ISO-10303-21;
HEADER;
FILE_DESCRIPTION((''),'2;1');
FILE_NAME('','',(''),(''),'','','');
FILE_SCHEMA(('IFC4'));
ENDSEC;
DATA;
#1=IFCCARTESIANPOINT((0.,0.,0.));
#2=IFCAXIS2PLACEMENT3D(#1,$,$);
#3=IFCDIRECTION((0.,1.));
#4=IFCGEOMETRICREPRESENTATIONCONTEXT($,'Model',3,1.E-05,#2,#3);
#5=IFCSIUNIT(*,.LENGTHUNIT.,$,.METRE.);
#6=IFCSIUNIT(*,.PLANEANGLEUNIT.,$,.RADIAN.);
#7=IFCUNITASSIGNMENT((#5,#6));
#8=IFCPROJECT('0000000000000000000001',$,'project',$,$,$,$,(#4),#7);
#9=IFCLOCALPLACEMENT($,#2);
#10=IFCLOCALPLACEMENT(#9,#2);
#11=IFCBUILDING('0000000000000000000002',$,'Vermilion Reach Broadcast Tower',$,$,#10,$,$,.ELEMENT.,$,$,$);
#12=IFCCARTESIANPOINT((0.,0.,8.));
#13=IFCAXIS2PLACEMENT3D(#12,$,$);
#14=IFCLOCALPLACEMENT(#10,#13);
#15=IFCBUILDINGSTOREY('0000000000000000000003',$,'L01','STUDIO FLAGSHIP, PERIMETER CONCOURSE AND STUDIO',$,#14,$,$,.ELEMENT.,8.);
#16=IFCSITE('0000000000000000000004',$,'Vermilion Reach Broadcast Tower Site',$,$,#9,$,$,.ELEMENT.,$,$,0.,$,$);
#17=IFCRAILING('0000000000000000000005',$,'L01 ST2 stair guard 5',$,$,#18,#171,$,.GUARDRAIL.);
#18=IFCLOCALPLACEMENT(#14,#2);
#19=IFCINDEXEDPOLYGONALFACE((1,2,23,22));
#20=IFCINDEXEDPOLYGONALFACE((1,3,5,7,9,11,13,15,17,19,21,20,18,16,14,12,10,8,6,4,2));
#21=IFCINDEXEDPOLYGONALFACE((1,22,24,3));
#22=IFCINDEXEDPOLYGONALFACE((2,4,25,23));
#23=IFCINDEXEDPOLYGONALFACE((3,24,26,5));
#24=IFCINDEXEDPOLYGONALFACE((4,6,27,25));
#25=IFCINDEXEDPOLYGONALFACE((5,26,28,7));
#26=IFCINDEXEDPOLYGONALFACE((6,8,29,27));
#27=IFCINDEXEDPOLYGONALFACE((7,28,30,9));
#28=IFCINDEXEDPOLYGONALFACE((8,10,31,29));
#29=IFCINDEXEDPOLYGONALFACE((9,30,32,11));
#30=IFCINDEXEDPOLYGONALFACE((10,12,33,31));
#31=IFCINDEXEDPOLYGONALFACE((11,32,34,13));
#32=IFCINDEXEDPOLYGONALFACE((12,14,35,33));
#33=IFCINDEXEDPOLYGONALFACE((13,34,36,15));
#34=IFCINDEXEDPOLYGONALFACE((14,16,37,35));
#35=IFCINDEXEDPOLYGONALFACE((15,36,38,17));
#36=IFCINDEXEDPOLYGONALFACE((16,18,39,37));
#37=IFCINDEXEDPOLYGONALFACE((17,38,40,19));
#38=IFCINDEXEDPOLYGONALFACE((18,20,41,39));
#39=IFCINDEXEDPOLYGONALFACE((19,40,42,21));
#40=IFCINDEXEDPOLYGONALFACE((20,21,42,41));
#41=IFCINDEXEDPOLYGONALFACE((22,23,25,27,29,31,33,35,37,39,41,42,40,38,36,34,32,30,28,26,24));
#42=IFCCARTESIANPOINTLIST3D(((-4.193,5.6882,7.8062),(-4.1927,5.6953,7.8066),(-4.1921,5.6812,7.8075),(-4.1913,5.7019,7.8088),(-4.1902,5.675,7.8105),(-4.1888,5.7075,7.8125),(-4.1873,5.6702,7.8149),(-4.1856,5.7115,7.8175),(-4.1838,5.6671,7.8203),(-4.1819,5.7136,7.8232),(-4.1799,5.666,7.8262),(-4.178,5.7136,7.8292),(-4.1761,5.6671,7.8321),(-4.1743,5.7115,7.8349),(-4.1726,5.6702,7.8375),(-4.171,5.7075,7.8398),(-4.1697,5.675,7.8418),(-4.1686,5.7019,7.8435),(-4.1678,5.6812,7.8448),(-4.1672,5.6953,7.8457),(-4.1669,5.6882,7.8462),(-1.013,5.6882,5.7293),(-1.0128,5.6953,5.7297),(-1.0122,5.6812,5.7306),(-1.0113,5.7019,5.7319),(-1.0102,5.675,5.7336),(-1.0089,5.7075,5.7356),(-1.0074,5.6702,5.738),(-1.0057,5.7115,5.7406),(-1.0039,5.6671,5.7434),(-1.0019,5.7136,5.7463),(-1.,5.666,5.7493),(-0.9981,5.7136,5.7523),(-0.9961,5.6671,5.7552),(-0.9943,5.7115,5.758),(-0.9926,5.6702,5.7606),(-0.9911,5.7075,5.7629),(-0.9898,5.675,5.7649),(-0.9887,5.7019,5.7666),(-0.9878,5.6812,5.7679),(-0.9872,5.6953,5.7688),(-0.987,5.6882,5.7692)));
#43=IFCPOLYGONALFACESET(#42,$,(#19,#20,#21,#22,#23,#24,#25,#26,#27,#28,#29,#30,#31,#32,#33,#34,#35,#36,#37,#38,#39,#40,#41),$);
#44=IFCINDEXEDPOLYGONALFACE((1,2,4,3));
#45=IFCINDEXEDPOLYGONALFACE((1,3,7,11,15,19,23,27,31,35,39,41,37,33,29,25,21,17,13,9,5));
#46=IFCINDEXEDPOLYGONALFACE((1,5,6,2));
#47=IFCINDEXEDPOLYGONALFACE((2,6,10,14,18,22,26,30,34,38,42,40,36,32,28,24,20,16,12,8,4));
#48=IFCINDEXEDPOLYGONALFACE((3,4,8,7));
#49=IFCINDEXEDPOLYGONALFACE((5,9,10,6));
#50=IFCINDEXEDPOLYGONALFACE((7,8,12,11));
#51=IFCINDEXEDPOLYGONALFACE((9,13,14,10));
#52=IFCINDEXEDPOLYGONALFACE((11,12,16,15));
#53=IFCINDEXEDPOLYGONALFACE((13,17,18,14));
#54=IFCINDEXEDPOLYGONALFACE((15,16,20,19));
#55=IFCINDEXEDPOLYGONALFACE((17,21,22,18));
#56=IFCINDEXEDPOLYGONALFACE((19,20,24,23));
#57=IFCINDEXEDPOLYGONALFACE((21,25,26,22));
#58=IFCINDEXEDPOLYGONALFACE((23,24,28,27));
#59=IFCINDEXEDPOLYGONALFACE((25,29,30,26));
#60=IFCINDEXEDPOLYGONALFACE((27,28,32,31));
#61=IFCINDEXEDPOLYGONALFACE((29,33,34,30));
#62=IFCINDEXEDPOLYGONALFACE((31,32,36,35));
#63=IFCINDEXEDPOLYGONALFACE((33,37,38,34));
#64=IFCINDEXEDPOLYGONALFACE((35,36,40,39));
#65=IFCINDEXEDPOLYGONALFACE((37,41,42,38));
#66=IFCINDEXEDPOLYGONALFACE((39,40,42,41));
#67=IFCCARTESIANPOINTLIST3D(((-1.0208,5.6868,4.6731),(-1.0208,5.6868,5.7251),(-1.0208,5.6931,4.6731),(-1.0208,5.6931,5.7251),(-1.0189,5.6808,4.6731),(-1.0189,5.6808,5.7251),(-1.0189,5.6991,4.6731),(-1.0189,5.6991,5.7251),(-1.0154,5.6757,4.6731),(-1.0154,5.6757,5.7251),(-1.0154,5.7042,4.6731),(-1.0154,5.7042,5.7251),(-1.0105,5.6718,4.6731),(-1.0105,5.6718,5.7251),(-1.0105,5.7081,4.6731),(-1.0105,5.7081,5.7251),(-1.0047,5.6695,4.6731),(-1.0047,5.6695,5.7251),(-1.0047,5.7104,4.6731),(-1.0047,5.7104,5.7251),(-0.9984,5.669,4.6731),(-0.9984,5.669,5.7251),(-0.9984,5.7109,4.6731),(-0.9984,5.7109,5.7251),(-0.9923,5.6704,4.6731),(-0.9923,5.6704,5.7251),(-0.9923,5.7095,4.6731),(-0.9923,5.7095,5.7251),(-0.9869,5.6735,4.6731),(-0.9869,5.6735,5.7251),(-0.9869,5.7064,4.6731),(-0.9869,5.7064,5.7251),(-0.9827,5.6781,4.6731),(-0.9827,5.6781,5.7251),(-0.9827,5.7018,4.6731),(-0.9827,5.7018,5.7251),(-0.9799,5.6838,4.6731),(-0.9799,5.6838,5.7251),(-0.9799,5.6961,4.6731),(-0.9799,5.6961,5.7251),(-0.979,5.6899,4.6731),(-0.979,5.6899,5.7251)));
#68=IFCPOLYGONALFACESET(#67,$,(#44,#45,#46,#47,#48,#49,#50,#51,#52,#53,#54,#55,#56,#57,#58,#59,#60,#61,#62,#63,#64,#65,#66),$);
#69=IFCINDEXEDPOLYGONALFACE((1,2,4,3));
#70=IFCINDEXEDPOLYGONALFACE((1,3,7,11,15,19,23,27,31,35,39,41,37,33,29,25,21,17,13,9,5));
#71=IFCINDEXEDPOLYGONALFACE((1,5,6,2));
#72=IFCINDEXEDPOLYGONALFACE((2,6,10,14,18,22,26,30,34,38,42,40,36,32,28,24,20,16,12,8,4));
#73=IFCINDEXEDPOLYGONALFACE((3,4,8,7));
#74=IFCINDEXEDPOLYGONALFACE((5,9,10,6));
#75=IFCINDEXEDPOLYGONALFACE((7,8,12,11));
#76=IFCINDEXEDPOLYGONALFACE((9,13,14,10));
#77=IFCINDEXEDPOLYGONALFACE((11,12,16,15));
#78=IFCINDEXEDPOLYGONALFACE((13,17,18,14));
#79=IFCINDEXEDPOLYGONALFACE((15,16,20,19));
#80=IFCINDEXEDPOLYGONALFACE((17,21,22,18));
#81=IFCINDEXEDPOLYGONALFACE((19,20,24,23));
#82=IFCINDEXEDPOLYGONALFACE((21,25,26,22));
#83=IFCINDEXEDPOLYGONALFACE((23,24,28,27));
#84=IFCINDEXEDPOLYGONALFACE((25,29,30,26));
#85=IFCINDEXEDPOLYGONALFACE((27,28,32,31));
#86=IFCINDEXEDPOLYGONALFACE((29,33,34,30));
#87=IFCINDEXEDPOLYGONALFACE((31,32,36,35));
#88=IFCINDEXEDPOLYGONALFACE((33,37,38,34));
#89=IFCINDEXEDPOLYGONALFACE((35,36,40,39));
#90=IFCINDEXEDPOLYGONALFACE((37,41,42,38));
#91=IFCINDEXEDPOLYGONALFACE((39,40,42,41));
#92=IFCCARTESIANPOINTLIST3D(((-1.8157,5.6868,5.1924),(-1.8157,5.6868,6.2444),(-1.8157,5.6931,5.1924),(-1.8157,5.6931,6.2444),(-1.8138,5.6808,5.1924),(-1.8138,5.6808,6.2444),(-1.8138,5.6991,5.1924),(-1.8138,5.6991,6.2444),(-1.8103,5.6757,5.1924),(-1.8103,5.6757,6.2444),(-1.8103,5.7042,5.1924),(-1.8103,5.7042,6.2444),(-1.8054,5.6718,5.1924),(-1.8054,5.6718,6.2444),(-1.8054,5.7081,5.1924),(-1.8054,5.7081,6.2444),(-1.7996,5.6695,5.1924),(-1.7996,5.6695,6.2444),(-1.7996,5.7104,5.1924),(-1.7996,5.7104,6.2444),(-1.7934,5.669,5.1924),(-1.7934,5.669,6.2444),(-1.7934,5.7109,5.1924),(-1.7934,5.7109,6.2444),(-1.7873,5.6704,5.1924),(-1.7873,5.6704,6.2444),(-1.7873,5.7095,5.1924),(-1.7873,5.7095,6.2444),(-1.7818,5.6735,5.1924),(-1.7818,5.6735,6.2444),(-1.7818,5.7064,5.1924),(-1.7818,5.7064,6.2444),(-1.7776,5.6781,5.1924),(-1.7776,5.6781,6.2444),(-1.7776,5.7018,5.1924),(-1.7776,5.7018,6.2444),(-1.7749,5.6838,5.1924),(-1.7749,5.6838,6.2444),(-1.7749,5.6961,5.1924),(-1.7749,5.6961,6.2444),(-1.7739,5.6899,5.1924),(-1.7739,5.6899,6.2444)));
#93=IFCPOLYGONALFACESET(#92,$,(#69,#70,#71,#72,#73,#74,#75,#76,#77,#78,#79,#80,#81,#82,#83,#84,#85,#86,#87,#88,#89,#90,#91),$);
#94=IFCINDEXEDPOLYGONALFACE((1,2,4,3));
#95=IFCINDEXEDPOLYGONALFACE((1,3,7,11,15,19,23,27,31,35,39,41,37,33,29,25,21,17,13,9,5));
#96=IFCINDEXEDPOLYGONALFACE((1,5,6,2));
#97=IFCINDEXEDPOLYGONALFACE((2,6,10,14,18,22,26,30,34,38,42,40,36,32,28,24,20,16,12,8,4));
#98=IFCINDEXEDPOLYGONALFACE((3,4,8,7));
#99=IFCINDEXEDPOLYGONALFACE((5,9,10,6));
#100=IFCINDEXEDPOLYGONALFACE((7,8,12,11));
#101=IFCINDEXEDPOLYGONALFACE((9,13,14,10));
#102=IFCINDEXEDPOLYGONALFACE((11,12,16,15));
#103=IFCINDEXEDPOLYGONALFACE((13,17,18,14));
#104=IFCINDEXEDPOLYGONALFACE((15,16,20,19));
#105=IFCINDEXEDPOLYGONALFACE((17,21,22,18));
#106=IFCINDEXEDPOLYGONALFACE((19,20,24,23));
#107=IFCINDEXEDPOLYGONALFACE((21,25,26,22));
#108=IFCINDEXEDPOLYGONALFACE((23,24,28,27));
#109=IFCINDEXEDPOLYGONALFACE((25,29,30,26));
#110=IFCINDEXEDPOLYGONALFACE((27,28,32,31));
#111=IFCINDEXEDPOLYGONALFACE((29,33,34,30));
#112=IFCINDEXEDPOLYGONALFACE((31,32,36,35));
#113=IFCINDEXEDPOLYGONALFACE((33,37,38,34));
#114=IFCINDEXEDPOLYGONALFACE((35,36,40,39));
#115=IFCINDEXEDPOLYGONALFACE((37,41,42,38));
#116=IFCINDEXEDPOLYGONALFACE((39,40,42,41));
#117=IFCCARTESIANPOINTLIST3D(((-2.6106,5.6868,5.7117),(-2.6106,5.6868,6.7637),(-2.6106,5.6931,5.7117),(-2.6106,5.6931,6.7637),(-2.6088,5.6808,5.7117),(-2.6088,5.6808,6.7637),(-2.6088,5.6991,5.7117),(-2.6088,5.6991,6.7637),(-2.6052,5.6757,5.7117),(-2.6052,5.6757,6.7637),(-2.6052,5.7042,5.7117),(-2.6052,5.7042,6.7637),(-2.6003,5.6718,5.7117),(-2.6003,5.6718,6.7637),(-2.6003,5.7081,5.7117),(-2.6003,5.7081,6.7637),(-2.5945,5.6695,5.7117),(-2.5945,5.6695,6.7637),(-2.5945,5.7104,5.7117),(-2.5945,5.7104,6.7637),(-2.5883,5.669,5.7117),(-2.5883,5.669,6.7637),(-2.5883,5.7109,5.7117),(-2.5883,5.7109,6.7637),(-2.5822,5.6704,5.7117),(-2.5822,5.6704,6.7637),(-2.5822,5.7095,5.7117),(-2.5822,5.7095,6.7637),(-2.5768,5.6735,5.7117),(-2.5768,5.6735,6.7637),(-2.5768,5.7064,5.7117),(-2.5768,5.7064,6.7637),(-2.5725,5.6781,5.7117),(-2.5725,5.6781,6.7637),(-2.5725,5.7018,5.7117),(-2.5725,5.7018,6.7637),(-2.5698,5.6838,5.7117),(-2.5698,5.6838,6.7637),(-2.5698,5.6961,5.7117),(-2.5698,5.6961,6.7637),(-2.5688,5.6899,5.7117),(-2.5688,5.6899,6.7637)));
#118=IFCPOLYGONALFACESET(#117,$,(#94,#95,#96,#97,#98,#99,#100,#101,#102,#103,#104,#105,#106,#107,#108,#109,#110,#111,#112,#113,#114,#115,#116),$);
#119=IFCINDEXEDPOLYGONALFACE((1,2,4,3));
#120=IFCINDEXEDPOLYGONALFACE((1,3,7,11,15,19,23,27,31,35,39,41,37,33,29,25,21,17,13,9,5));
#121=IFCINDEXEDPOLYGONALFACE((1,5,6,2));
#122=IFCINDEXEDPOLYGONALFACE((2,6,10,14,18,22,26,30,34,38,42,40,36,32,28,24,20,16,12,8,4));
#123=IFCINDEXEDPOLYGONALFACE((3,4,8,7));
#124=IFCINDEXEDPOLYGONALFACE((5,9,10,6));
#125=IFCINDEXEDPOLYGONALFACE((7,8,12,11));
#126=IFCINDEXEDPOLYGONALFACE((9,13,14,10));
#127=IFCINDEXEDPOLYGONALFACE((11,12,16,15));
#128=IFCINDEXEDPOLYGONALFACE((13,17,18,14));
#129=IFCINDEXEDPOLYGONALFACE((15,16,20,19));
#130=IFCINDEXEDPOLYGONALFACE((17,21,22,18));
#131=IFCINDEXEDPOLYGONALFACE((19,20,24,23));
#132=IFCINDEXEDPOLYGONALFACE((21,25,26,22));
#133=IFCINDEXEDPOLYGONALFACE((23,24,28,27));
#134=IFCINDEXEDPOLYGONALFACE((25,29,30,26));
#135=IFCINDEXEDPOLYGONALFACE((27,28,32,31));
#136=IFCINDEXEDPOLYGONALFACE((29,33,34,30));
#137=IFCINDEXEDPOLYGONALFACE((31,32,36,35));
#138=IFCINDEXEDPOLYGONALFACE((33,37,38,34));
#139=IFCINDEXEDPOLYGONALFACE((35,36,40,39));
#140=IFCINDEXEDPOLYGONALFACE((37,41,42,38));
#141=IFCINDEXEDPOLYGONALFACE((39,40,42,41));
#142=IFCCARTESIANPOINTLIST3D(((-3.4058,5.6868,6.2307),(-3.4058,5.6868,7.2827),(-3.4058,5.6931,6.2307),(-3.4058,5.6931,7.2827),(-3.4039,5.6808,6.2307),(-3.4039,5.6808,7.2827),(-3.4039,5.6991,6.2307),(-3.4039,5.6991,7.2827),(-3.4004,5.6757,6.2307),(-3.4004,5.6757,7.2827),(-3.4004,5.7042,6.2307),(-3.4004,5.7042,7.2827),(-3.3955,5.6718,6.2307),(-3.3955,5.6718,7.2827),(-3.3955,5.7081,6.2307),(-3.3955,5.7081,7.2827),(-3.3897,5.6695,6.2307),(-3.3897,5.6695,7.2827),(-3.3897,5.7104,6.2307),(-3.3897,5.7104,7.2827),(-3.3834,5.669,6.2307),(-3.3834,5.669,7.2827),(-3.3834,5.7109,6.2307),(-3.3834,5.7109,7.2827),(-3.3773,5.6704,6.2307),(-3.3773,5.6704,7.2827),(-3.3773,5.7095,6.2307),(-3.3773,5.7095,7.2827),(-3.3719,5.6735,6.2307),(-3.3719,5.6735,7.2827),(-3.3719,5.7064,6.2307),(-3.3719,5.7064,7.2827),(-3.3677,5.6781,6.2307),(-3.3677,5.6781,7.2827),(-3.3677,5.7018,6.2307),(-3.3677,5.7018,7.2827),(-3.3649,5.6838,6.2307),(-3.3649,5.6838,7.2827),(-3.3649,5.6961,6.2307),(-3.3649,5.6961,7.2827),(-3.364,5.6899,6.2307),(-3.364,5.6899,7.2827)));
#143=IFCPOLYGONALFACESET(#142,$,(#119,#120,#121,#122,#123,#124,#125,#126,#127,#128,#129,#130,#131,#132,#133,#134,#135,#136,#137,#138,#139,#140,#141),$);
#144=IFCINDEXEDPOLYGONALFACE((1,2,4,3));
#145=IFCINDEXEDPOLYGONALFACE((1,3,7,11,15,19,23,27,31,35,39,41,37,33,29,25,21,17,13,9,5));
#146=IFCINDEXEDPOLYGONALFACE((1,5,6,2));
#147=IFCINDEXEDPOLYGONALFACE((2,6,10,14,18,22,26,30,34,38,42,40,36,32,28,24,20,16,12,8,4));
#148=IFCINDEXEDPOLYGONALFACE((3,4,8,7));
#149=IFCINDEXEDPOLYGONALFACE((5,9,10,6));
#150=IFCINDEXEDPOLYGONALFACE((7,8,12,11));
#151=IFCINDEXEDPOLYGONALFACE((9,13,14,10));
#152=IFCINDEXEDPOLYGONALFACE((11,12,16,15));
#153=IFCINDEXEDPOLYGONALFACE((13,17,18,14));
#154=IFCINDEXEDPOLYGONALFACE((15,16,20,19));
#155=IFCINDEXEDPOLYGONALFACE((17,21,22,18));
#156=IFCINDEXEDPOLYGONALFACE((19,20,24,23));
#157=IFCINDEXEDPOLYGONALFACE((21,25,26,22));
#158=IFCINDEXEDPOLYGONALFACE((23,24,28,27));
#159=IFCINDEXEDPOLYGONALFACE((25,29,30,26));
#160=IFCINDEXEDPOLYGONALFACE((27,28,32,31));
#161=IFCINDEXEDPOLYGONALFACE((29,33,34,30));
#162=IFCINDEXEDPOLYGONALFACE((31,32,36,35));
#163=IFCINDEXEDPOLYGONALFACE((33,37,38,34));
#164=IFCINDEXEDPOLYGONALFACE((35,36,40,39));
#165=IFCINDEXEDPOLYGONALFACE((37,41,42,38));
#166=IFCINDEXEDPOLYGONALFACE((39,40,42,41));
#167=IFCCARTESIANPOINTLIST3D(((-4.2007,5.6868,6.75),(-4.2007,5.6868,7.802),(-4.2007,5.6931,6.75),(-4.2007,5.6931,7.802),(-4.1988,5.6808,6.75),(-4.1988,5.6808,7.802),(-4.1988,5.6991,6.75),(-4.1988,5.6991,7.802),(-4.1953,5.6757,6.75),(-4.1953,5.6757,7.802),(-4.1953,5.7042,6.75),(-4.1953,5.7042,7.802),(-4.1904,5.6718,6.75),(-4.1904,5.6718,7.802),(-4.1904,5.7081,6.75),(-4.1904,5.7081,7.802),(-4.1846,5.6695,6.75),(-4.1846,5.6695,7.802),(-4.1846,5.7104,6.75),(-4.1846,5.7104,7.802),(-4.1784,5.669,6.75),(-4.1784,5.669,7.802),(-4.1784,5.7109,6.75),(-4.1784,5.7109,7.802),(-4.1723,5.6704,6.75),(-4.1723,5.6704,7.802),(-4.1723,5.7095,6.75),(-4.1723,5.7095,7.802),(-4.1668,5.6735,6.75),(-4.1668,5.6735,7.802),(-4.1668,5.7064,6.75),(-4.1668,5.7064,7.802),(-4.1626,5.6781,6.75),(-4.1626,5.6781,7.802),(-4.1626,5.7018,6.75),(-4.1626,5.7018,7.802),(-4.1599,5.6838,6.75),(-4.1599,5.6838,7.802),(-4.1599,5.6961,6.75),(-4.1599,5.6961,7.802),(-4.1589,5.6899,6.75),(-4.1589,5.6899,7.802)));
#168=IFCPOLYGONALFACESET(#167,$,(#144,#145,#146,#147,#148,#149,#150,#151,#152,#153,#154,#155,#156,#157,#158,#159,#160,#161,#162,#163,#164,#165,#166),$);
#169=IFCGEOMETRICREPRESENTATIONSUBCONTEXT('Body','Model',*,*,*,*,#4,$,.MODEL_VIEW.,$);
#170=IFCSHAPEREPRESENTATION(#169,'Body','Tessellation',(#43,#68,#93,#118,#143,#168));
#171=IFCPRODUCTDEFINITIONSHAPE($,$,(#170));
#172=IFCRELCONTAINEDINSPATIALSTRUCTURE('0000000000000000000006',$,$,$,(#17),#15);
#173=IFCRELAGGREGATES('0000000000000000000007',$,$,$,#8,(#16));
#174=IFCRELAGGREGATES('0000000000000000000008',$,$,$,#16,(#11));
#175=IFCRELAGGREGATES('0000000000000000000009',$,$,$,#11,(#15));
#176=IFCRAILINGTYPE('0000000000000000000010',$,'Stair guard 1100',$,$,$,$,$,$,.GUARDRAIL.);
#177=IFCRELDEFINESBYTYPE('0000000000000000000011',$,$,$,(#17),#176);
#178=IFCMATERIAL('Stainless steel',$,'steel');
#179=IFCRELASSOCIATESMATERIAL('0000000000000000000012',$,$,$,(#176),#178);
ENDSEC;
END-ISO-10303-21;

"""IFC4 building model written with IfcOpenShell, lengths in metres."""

from ifc_helpers import new_model, si_unit, direction, frame, origin, origin_2d, place, context, subcontext, project, spatial, circle, extrude, material, type_object, element, save


model = new_model("IFC4")

# Units and contexts
model_context = context("Model", 3, precision=1e-05, world=origin(), true_north=direction((0.0, 1.0)))
body_context = subcontext(model_context, "Body", "Model", "MODEL_VIEW")
ifc_project = project(units=[si_unit("LENGTHUNIT", "METRE"), si_unit("PLANEANGLEUNIT", "RADIAN")], contexts=[model_context])

# Site, building, storey
site_placement = place(None, origin())
site = spatial("IfcSite", under=ifc_project, at=site_placement, Name="Vermilion Reach Broadcast Tower Site", CompositionType="ELEMENT", RefElevation=0.0)
building_placement = place(site_placement, origin())
building = spatial("IfcBuilding", under=site, at=building_placement, Name="Vermilion Reach Broadcast Tower", CompositionType="ELEMENT")
storey_placement = place(building_placement, frame((0.0, 0.0, 8.0)))
storey = spatial("IfcBuildingStorey", under=building, at=storey_placement, Name="L01", Description="STUDIO FLAGSHIP, PERIMETER CONCOURSE AND STUDIO", CompositionType="ELEMENT", Elevation=8.0)

# Railing
ifc_material_1 = material(Name="Stainless steel", Category="steel")
railing_type_1 = type_object("IfcRailingType", Name="Stair guard 1100", PredefinedType="GUARDRAIL", material=ifc_material_1)
railing_1_placement = place(storey_placement, frame((-1.0, 5.6899, 4.6731)))
element("IfcRailing", 1, at=railing_1_placement, inside=storey, type_object=railing_type_1, Name="L01 ST2 stair guard 5", PredefinedType="GUARDRAIL", context=body_context, shape_type="SweptSolid", body=[
    extrude(circle(Radius=0.0239, at=origin_2d()), frame((0.0, 0.0, 1.0762), z_axis=(-0.837245, 0.0, 0.546828), x_axis=(0.0, -1.0, 0.0)), (0.0, 0.0, 1.0), 3.7981),
    extrude(circle(Radius=0.021, at=origin_2d()), origin(), (0.0, 0.0, 1.0), 1.052),
    extrude(circle(Radius=0.021, at=origin_2d()), frame((-0.7949, 0.0, 0.5193)), (0.0, 0.0, 1.0), 1.052),
    extrude(circle(Radius=0.021, at=origin_2d()), frame((-1.5898, 0.0, 1.0386)), (0.0, 0.0, 1.0), 1.052),
    extrude(circle(Radius=0.021, at=origin_2d()), frame((-2.385, 0.0, 1.5576)), (0.0, 0.0, 1.0), 1.052),
    extrude(circle(Radius=0.021, at=origin_2d()), frame((-3.1799, 0.0, 2.0769)), (0.0, 0.0, 1.0), 1.052),
])

save(model, "model.ifc")
